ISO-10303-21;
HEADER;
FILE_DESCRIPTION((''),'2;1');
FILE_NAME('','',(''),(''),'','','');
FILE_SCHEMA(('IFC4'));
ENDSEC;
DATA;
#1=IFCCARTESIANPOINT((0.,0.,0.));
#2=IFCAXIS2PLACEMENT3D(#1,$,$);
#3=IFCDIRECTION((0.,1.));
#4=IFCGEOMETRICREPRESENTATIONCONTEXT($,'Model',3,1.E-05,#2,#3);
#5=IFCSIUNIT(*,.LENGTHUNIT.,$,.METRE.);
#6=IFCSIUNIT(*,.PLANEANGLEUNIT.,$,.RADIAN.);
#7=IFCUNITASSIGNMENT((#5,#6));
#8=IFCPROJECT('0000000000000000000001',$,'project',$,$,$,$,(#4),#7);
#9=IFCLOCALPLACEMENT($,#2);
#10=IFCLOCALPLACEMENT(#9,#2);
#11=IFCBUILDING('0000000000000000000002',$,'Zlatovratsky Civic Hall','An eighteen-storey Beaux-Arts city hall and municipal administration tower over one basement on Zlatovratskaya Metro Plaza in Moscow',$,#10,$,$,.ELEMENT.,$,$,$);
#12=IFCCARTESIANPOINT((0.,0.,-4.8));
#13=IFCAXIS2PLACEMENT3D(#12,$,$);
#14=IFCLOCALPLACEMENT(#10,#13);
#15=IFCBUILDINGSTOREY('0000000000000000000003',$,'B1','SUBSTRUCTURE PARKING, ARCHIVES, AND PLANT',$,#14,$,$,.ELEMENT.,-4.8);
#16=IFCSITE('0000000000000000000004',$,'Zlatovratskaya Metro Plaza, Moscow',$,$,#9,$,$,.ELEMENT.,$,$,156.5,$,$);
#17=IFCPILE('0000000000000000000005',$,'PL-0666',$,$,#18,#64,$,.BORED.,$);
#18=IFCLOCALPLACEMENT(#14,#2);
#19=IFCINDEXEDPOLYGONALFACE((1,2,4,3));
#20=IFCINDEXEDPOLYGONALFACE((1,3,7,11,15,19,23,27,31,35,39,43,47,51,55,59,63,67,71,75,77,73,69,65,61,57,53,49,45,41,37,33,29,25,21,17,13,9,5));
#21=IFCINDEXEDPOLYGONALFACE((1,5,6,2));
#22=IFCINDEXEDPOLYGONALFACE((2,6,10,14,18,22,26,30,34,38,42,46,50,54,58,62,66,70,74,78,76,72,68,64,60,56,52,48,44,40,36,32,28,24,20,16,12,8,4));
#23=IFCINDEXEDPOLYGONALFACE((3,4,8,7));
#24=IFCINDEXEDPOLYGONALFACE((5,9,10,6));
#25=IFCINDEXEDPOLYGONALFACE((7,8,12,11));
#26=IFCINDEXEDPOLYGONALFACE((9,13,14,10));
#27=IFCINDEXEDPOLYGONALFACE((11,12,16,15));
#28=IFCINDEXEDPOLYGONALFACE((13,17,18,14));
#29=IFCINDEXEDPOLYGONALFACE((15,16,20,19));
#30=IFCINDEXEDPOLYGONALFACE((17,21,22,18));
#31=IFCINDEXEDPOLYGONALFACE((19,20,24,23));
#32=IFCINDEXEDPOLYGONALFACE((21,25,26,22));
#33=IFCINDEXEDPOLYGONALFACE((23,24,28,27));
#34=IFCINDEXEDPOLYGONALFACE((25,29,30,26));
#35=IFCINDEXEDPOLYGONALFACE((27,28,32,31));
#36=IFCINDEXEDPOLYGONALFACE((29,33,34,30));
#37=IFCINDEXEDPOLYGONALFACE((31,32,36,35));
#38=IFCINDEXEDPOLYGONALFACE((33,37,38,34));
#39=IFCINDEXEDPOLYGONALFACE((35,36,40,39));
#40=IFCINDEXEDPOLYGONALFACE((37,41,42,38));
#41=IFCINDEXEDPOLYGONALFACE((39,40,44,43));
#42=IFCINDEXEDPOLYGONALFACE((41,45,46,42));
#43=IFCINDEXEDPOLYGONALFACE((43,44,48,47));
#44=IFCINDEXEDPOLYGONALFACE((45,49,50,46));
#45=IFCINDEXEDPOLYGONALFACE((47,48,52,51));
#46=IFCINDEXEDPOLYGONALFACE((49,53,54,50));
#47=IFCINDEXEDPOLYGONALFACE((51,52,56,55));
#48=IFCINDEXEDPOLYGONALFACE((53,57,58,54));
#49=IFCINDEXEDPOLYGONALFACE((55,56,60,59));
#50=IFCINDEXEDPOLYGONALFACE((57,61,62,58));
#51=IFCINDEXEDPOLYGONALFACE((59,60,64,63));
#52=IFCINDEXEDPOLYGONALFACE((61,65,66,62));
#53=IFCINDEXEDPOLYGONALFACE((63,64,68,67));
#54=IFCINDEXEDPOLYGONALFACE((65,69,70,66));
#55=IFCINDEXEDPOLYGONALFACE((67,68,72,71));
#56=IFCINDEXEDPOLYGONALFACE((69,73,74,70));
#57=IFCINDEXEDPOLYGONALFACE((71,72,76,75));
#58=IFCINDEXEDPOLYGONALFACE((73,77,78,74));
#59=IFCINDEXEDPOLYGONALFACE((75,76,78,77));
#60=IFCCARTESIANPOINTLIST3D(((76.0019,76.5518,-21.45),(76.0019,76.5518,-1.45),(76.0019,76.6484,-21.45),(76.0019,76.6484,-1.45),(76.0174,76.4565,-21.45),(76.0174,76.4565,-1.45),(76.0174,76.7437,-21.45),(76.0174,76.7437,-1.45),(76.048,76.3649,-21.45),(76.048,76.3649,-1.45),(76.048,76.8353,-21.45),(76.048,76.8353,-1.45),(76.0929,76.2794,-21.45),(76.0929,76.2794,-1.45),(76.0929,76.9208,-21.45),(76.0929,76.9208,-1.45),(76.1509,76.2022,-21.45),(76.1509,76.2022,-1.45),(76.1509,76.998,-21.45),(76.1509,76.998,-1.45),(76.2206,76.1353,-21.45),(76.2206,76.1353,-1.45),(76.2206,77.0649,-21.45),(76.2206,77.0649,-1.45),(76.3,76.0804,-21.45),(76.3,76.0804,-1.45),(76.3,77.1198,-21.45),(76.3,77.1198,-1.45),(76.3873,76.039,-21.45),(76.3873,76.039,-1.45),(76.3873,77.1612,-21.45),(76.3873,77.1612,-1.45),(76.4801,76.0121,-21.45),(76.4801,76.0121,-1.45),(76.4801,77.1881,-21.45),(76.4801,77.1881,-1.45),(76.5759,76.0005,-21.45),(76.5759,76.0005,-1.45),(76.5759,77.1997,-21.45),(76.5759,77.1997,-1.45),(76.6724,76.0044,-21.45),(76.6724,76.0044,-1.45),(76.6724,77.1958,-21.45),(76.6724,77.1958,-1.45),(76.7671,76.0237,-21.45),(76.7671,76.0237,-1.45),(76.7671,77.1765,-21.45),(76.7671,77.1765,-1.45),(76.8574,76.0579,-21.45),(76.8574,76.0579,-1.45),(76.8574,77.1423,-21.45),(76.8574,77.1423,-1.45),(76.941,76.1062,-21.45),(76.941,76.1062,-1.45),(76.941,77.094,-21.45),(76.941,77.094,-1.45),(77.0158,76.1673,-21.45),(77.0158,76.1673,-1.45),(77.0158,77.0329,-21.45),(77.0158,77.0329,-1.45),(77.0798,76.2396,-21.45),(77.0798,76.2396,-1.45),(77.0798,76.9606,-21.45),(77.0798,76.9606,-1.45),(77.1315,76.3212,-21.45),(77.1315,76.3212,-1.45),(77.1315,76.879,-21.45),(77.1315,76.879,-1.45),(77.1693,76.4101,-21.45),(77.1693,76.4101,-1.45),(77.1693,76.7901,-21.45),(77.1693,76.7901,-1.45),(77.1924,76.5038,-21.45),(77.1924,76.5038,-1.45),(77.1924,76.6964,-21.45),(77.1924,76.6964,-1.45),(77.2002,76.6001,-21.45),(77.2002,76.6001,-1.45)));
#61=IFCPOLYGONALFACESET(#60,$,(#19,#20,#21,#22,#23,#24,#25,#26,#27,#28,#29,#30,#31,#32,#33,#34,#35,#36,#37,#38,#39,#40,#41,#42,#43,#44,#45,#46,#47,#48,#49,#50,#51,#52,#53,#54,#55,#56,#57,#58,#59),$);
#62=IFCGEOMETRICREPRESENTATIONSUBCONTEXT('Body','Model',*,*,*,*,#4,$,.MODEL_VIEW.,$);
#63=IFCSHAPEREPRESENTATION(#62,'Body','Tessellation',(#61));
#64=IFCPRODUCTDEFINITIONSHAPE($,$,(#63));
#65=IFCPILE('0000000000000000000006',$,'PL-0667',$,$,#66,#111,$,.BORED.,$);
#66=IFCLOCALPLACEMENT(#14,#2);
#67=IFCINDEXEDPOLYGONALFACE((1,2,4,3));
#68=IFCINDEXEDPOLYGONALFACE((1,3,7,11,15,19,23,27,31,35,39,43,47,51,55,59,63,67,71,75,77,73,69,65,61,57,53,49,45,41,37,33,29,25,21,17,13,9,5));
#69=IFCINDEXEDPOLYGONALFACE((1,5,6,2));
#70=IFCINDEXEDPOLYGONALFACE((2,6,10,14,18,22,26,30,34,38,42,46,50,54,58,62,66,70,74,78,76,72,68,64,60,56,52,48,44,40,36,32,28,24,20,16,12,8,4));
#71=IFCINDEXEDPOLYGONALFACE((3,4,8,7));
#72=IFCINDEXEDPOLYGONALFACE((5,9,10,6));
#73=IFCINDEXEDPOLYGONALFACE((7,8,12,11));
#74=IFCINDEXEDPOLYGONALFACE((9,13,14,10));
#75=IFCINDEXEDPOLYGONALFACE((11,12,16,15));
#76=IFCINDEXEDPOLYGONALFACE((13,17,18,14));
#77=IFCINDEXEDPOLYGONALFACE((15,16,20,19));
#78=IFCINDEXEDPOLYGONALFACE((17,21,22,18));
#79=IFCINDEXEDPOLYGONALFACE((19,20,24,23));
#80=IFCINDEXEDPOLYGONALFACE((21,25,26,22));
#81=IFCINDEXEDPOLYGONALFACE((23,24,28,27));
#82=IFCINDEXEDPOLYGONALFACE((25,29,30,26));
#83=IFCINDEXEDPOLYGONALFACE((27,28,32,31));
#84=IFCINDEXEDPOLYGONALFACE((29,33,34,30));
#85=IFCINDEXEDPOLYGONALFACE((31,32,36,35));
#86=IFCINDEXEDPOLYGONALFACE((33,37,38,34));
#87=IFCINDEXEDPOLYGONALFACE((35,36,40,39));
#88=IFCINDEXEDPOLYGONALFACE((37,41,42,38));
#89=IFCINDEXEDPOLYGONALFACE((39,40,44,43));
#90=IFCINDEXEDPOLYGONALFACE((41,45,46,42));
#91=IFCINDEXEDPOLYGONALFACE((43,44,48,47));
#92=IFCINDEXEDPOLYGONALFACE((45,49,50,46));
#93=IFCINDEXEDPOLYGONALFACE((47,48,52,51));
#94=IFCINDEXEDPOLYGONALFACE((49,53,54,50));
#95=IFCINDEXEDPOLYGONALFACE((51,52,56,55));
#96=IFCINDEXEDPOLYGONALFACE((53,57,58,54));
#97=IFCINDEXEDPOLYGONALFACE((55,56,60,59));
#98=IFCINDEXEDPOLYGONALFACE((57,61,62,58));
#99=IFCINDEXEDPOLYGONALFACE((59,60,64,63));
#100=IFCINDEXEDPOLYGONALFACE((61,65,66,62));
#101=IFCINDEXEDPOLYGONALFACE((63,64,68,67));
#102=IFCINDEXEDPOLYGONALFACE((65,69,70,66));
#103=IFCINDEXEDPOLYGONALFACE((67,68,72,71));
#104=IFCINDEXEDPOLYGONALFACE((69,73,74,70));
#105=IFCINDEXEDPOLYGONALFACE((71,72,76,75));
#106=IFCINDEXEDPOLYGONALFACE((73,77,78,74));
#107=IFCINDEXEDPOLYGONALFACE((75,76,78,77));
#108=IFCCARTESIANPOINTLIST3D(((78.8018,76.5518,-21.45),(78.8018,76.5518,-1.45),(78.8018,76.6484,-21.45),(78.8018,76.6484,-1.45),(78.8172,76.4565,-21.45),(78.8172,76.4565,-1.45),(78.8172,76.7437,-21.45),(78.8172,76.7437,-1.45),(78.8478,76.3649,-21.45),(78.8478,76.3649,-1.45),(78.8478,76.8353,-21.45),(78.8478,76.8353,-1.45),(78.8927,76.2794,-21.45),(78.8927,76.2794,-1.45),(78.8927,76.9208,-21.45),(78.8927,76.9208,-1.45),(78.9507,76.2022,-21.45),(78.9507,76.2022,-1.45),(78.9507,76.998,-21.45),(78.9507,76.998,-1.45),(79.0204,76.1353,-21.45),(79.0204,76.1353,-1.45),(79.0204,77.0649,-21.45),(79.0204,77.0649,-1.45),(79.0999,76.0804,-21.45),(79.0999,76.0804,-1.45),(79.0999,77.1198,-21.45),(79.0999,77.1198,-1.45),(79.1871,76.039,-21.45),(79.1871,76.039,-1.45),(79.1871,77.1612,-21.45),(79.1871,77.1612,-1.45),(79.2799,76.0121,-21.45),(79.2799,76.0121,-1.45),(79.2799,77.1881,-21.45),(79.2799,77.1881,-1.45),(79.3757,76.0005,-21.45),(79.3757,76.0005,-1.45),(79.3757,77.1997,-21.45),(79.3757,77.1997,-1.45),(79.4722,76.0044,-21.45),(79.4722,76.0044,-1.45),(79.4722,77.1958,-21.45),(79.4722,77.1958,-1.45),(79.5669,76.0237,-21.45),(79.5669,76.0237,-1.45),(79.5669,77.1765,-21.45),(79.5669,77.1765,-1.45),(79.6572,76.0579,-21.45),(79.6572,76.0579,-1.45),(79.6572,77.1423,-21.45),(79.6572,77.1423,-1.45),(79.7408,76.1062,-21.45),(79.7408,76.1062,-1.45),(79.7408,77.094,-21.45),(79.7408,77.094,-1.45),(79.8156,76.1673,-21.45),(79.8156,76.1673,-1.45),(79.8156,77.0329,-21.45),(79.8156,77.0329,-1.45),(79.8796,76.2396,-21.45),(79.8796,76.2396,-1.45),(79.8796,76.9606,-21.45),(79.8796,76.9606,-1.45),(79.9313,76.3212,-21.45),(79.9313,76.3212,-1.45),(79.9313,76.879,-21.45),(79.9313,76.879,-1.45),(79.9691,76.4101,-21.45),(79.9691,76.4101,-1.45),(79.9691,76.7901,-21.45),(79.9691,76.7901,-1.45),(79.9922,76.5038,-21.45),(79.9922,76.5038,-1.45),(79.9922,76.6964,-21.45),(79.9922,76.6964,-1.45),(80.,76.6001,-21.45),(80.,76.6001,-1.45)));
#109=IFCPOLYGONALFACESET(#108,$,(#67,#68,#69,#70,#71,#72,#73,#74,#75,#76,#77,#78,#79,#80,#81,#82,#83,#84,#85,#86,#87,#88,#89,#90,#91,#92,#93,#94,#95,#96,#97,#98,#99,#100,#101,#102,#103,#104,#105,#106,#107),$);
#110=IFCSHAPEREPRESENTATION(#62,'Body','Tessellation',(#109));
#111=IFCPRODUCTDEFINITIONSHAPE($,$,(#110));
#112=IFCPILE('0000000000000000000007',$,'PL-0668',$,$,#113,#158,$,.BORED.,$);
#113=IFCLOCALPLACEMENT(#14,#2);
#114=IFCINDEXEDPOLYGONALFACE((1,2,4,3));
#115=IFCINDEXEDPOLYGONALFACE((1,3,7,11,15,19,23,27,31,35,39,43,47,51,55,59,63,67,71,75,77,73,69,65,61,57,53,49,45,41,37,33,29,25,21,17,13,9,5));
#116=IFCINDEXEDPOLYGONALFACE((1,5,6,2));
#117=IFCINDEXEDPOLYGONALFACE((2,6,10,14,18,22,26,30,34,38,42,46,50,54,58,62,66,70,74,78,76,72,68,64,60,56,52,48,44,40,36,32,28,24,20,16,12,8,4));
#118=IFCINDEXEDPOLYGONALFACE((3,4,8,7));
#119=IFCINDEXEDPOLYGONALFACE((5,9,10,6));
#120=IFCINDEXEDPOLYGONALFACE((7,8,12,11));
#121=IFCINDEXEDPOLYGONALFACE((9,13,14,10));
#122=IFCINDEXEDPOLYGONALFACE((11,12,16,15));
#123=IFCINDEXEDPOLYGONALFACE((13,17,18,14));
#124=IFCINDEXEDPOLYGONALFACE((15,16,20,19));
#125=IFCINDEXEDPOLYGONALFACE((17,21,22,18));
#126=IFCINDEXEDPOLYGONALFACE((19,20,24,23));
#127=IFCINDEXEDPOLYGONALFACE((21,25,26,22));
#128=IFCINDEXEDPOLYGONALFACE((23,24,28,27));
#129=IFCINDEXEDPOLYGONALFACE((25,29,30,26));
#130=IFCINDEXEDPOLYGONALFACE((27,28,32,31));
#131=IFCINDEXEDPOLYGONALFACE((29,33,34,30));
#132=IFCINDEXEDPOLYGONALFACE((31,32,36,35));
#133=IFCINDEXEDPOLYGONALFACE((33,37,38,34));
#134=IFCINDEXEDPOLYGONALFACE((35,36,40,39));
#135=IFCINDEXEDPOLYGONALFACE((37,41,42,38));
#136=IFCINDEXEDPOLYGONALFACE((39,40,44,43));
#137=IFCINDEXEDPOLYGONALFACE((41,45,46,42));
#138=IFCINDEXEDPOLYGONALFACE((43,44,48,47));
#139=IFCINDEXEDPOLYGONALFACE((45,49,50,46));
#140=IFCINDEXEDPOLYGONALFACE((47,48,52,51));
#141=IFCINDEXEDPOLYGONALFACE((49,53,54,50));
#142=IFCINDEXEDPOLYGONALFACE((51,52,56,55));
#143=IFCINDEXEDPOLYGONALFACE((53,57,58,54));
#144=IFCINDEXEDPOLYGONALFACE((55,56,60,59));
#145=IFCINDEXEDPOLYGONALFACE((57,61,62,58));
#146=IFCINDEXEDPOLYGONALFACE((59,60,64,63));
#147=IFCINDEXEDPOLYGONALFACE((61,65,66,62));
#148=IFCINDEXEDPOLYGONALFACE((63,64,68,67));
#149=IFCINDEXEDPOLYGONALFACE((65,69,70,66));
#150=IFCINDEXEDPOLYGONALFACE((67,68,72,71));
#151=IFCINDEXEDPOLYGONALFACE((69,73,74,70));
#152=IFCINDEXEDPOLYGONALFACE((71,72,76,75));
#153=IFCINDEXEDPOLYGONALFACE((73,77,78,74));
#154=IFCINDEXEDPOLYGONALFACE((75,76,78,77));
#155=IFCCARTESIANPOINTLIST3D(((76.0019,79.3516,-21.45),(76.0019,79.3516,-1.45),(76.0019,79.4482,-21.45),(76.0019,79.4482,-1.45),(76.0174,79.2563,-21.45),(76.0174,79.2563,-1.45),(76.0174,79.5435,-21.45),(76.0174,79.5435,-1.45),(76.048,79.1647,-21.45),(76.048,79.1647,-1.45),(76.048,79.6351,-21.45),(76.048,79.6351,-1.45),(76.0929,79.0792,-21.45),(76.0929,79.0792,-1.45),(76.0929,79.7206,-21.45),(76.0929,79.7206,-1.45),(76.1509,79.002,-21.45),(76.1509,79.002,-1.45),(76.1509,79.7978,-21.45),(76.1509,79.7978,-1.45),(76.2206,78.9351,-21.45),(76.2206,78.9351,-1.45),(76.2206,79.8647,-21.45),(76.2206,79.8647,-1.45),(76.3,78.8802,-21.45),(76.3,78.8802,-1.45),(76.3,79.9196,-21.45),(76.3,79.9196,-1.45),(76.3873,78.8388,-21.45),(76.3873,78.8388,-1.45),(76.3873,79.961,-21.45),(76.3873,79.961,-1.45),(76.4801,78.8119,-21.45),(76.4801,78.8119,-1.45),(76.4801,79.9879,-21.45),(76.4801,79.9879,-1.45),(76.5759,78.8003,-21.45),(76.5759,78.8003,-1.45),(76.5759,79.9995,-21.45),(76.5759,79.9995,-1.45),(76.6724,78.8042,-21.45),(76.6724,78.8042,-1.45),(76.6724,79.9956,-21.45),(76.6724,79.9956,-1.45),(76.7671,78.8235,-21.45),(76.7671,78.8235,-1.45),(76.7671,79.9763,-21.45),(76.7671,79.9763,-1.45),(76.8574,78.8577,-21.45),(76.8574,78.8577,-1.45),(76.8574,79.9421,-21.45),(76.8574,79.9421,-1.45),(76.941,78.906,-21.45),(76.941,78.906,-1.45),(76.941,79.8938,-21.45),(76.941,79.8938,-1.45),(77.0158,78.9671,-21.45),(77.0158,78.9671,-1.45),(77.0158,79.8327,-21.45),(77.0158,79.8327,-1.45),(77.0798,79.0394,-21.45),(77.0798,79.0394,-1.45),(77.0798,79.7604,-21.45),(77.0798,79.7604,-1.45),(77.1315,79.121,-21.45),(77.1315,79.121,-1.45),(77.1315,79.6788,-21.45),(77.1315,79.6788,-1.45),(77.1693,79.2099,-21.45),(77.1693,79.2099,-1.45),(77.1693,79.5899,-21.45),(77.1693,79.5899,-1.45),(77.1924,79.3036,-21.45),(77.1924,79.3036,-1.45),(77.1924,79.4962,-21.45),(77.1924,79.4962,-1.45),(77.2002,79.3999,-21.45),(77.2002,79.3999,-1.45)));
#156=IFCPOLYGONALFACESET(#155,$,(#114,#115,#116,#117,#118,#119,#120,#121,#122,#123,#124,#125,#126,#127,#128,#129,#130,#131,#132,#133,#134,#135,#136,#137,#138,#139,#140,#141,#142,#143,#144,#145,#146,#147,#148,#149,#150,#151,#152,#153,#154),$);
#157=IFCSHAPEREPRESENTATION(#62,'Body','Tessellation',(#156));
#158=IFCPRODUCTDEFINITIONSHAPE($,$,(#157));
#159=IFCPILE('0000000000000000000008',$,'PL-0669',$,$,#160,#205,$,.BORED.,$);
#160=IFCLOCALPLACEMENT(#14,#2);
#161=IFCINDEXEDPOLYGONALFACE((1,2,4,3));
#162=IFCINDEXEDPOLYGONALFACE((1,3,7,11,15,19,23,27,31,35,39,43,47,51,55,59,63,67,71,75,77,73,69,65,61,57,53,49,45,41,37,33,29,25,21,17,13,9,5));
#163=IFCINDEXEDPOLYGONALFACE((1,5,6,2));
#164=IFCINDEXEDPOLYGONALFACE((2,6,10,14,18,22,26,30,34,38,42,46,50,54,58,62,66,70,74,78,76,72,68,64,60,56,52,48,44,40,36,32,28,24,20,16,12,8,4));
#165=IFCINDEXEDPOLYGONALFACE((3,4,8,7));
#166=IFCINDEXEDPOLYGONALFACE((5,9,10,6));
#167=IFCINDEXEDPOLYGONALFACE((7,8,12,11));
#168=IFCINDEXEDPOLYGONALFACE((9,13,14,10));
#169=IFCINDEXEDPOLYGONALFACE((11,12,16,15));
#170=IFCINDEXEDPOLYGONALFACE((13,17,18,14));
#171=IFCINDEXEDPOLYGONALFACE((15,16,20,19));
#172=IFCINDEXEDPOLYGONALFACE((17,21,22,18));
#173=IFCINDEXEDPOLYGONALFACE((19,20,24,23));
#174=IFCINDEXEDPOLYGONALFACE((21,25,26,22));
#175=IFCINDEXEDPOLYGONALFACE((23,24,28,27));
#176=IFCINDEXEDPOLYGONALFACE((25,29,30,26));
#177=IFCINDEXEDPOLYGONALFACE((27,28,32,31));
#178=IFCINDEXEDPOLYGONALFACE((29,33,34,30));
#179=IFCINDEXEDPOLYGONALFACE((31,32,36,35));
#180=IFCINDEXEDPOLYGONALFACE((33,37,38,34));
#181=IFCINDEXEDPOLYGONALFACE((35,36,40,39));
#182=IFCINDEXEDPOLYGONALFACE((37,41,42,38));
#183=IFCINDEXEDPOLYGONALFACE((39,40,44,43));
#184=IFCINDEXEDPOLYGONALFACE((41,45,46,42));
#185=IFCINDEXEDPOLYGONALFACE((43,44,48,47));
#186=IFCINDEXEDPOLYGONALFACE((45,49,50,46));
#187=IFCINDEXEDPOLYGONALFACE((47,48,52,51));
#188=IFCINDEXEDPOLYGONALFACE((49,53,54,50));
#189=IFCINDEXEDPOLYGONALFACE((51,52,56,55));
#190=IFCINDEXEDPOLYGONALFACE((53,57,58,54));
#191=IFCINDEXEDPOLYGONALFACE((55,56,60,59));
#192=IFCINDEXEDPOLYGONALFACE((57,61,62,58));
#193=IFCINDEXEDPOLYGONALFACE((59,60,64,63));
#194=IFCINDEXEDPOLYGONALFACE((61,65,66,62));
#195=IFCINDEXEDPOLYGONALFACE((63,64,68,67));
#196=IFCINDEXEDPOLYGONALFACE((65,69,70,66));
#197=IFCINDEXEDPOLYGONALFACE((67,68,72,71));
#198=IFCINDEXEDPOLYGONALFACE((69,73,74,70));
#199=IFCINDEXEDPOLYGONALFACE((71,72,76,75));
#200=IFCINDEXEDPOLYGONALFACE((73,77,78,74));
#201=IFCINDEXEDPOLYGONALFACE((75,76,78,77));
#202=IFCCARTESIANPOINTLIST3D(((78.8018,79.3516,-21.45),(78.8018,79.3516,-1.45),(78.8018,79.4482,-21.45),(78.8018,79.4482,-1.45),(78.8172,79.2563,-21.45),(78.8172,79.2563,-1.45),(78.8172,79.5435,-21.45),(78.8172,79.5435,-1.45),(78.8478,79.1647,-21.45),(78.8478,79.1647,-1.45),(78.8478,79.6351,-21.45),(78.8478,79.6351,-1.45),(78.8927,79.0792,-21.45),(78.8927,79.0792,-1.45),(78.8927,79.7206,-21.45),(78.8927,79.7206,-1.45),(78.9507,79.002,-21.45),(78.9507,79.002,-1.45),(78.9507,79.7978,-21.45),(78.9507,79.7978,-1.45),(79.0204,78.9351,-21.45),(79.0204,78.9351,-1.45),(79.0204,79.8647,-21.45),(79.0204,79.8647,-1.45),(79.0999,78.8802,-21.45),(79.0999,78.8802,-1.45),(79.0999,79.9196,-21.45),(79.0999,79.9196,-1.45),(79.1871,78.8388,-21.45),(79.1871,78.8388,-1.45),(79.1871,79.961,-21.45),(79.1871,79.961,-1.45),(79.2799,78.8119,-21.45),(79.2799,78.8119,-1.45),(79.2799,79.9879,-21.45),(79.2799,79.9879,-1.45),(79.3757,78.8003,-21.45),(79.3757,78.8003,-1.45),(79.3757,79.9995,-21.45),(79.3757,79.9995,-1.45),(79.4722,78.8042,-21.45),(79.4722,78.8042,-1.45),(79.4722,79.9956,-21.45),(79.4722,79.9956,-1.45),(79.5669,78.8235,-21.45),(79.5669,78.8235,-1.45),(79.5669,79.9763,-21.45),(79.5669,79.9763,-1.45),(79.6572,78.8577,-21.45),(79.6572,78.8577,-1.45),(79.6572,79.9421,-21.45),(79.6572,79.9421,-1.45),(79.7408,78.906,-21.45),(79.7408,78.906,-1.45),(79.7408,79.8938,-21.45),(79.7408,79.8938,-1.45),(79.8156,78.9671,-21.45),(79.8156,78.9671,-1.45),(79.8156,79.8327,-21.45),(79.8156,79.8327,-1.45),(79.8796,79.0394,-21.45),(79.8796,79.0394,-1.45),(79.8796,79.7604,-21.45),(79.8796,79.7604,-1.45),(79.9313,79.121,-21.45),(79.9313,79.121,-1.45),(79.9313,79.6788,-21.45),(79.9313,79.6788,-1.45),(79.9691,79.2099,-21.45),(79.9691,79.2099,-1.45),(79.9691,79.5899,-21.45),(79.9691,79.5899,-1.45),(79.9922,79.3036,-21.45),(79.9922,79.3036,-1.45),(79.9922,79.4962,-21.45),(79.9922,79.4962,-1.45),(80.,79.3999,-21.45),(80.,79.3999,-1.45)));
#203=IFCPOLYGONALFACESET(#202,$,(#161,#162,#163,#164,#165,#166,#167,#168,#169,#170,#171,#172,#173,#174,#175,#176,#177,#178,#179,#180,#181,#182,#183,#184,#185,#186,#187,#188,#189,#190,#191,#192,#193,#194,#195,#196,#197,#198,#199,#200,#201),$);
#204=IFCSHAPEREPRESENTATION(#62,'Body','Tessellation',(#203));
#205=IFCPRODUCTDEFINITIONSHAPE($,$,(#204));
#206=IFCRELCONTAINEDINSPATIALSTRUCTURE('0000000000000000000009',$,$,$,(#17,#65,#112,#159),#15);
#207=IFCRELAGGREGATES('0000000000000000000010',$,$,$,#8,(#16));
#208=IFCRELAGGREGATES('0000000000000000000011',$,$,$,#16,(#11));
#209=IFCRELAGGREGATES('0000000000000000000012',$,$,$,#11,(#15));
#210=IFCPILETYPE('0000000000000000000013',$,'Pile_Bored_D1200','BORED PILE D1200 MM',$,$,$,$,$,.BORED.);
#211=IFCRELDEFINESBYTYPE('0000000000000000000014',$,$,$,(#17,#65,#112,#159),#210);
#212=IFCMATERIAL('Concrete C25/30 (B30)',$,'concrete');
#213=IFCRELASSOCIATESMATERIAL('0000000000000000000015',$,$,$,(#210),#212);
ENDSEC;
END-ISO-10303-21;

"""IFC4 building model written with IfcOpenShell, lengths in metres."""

from ifc_helpers import new_model, si_unit, direction, frame, origin, origin_2d, place, context, subcontext, project, spatial, circle, extrude, material, material_profile, profile_set, type_object, element, save


model = new_model("IFC4")

# Units and contexts
model_context = context("Model", 3, precision=1e-05, world=origin(), true_north=direction((0.0, 1.0)))
body_context = subcontext(model_context, "Body", "Model", "MODEL_VIEW")
ifc_project = project(units=[si_unit("LENGTHUNIT", "METRE"), si_unit("PLANEANGLEUNIT", "RADIAN")], contexts=[model_context])

# Site, building, storey
site_placement = place(None, origin())
site = spatial("IfcSite", under=ifc_project, at=site_placement, Name="Zlatovratskaya Metro Plaza, Moscow", CompositionType="ELEMENT", RefElevation=156.5)
building_placement = place(site_placement, origin())
building = spatial("IfcBuilding", under=site, at=building_placement, Name="Zlatovratsky Civic Hall", Description="An eighteen-storey Beaux-Arts city hall and municipal administration tower over one basement on Zlatovratskaya Metro Plaza in Moscow", CompositionType="ELEMENT")
storey_placement = place(building_placement, frame((0.0, 0.0, -4.8)))
storey = spatial("IfcBuildingStorey", under=building, at=storey_placement, Name="B1", Description="SUBSTRUCTURE PARKING, ARCHIVES, AND PLANT", CompositionType="ELEMENT", Elevation=-4.8)

# Shared definitions
ifc_material_1 = material(Name="Concrete C25/30 (B30)", Category="concrete")

# Piles
ifc_material_profile_1 = material_profile(ifc_material_1, circle(Radius=0.6001, at=origin_2d()), Name="PILE D1200")
ifc_profile_set_1 = profile_set([ifc_material_profile_1], Name="Concrete C25/30 (B30)")
pile_type_1 = type_object("IfcPileType", Name="Pile_Bored_D1200", Description="BORED PILE D1200 MM", PredefinedType="BORED", material=ifc_profile_set_1)
for number, where, z_axis, x_axis, name in (
    (1, (76.6001, 76.6001, -1.45), (0.0, 0.0, -1.0), (1.0, 0.0, 0.0), "PL-0666"),
    (2, (79.3999, 76.6001, -1.45), (0.0, 0.0, -1.0), (1.0, 0.0, 0.0), "PL-0667"),
    (3, (76.6001, 79.3999, -1.45), (0.0, 0.0, -1.0), (1.0, 0.0, 0.0), "PL-0668"),
    (4, (79.3999, 79.3999, -1.45), (0.0, 0.0, -1.0), (1.0, 0.0, 0.0), "PL-0669"),
):
    element("IfcPile", number, at=place(storey_placement, frame(where, z_axis=z_axis, x_axis=x_axis)), inside=storey, type_object=pile_type_1, Name=name, PredefinedType="BORED", context=body_context, shape_type="SweptSolid", body=[
        extrude(circle(Radius=0.6001, at=origin_2d()), origin(), (0.0, 0.0, 1.0), 20.0),
    ])

save(model, "model.ifc")
